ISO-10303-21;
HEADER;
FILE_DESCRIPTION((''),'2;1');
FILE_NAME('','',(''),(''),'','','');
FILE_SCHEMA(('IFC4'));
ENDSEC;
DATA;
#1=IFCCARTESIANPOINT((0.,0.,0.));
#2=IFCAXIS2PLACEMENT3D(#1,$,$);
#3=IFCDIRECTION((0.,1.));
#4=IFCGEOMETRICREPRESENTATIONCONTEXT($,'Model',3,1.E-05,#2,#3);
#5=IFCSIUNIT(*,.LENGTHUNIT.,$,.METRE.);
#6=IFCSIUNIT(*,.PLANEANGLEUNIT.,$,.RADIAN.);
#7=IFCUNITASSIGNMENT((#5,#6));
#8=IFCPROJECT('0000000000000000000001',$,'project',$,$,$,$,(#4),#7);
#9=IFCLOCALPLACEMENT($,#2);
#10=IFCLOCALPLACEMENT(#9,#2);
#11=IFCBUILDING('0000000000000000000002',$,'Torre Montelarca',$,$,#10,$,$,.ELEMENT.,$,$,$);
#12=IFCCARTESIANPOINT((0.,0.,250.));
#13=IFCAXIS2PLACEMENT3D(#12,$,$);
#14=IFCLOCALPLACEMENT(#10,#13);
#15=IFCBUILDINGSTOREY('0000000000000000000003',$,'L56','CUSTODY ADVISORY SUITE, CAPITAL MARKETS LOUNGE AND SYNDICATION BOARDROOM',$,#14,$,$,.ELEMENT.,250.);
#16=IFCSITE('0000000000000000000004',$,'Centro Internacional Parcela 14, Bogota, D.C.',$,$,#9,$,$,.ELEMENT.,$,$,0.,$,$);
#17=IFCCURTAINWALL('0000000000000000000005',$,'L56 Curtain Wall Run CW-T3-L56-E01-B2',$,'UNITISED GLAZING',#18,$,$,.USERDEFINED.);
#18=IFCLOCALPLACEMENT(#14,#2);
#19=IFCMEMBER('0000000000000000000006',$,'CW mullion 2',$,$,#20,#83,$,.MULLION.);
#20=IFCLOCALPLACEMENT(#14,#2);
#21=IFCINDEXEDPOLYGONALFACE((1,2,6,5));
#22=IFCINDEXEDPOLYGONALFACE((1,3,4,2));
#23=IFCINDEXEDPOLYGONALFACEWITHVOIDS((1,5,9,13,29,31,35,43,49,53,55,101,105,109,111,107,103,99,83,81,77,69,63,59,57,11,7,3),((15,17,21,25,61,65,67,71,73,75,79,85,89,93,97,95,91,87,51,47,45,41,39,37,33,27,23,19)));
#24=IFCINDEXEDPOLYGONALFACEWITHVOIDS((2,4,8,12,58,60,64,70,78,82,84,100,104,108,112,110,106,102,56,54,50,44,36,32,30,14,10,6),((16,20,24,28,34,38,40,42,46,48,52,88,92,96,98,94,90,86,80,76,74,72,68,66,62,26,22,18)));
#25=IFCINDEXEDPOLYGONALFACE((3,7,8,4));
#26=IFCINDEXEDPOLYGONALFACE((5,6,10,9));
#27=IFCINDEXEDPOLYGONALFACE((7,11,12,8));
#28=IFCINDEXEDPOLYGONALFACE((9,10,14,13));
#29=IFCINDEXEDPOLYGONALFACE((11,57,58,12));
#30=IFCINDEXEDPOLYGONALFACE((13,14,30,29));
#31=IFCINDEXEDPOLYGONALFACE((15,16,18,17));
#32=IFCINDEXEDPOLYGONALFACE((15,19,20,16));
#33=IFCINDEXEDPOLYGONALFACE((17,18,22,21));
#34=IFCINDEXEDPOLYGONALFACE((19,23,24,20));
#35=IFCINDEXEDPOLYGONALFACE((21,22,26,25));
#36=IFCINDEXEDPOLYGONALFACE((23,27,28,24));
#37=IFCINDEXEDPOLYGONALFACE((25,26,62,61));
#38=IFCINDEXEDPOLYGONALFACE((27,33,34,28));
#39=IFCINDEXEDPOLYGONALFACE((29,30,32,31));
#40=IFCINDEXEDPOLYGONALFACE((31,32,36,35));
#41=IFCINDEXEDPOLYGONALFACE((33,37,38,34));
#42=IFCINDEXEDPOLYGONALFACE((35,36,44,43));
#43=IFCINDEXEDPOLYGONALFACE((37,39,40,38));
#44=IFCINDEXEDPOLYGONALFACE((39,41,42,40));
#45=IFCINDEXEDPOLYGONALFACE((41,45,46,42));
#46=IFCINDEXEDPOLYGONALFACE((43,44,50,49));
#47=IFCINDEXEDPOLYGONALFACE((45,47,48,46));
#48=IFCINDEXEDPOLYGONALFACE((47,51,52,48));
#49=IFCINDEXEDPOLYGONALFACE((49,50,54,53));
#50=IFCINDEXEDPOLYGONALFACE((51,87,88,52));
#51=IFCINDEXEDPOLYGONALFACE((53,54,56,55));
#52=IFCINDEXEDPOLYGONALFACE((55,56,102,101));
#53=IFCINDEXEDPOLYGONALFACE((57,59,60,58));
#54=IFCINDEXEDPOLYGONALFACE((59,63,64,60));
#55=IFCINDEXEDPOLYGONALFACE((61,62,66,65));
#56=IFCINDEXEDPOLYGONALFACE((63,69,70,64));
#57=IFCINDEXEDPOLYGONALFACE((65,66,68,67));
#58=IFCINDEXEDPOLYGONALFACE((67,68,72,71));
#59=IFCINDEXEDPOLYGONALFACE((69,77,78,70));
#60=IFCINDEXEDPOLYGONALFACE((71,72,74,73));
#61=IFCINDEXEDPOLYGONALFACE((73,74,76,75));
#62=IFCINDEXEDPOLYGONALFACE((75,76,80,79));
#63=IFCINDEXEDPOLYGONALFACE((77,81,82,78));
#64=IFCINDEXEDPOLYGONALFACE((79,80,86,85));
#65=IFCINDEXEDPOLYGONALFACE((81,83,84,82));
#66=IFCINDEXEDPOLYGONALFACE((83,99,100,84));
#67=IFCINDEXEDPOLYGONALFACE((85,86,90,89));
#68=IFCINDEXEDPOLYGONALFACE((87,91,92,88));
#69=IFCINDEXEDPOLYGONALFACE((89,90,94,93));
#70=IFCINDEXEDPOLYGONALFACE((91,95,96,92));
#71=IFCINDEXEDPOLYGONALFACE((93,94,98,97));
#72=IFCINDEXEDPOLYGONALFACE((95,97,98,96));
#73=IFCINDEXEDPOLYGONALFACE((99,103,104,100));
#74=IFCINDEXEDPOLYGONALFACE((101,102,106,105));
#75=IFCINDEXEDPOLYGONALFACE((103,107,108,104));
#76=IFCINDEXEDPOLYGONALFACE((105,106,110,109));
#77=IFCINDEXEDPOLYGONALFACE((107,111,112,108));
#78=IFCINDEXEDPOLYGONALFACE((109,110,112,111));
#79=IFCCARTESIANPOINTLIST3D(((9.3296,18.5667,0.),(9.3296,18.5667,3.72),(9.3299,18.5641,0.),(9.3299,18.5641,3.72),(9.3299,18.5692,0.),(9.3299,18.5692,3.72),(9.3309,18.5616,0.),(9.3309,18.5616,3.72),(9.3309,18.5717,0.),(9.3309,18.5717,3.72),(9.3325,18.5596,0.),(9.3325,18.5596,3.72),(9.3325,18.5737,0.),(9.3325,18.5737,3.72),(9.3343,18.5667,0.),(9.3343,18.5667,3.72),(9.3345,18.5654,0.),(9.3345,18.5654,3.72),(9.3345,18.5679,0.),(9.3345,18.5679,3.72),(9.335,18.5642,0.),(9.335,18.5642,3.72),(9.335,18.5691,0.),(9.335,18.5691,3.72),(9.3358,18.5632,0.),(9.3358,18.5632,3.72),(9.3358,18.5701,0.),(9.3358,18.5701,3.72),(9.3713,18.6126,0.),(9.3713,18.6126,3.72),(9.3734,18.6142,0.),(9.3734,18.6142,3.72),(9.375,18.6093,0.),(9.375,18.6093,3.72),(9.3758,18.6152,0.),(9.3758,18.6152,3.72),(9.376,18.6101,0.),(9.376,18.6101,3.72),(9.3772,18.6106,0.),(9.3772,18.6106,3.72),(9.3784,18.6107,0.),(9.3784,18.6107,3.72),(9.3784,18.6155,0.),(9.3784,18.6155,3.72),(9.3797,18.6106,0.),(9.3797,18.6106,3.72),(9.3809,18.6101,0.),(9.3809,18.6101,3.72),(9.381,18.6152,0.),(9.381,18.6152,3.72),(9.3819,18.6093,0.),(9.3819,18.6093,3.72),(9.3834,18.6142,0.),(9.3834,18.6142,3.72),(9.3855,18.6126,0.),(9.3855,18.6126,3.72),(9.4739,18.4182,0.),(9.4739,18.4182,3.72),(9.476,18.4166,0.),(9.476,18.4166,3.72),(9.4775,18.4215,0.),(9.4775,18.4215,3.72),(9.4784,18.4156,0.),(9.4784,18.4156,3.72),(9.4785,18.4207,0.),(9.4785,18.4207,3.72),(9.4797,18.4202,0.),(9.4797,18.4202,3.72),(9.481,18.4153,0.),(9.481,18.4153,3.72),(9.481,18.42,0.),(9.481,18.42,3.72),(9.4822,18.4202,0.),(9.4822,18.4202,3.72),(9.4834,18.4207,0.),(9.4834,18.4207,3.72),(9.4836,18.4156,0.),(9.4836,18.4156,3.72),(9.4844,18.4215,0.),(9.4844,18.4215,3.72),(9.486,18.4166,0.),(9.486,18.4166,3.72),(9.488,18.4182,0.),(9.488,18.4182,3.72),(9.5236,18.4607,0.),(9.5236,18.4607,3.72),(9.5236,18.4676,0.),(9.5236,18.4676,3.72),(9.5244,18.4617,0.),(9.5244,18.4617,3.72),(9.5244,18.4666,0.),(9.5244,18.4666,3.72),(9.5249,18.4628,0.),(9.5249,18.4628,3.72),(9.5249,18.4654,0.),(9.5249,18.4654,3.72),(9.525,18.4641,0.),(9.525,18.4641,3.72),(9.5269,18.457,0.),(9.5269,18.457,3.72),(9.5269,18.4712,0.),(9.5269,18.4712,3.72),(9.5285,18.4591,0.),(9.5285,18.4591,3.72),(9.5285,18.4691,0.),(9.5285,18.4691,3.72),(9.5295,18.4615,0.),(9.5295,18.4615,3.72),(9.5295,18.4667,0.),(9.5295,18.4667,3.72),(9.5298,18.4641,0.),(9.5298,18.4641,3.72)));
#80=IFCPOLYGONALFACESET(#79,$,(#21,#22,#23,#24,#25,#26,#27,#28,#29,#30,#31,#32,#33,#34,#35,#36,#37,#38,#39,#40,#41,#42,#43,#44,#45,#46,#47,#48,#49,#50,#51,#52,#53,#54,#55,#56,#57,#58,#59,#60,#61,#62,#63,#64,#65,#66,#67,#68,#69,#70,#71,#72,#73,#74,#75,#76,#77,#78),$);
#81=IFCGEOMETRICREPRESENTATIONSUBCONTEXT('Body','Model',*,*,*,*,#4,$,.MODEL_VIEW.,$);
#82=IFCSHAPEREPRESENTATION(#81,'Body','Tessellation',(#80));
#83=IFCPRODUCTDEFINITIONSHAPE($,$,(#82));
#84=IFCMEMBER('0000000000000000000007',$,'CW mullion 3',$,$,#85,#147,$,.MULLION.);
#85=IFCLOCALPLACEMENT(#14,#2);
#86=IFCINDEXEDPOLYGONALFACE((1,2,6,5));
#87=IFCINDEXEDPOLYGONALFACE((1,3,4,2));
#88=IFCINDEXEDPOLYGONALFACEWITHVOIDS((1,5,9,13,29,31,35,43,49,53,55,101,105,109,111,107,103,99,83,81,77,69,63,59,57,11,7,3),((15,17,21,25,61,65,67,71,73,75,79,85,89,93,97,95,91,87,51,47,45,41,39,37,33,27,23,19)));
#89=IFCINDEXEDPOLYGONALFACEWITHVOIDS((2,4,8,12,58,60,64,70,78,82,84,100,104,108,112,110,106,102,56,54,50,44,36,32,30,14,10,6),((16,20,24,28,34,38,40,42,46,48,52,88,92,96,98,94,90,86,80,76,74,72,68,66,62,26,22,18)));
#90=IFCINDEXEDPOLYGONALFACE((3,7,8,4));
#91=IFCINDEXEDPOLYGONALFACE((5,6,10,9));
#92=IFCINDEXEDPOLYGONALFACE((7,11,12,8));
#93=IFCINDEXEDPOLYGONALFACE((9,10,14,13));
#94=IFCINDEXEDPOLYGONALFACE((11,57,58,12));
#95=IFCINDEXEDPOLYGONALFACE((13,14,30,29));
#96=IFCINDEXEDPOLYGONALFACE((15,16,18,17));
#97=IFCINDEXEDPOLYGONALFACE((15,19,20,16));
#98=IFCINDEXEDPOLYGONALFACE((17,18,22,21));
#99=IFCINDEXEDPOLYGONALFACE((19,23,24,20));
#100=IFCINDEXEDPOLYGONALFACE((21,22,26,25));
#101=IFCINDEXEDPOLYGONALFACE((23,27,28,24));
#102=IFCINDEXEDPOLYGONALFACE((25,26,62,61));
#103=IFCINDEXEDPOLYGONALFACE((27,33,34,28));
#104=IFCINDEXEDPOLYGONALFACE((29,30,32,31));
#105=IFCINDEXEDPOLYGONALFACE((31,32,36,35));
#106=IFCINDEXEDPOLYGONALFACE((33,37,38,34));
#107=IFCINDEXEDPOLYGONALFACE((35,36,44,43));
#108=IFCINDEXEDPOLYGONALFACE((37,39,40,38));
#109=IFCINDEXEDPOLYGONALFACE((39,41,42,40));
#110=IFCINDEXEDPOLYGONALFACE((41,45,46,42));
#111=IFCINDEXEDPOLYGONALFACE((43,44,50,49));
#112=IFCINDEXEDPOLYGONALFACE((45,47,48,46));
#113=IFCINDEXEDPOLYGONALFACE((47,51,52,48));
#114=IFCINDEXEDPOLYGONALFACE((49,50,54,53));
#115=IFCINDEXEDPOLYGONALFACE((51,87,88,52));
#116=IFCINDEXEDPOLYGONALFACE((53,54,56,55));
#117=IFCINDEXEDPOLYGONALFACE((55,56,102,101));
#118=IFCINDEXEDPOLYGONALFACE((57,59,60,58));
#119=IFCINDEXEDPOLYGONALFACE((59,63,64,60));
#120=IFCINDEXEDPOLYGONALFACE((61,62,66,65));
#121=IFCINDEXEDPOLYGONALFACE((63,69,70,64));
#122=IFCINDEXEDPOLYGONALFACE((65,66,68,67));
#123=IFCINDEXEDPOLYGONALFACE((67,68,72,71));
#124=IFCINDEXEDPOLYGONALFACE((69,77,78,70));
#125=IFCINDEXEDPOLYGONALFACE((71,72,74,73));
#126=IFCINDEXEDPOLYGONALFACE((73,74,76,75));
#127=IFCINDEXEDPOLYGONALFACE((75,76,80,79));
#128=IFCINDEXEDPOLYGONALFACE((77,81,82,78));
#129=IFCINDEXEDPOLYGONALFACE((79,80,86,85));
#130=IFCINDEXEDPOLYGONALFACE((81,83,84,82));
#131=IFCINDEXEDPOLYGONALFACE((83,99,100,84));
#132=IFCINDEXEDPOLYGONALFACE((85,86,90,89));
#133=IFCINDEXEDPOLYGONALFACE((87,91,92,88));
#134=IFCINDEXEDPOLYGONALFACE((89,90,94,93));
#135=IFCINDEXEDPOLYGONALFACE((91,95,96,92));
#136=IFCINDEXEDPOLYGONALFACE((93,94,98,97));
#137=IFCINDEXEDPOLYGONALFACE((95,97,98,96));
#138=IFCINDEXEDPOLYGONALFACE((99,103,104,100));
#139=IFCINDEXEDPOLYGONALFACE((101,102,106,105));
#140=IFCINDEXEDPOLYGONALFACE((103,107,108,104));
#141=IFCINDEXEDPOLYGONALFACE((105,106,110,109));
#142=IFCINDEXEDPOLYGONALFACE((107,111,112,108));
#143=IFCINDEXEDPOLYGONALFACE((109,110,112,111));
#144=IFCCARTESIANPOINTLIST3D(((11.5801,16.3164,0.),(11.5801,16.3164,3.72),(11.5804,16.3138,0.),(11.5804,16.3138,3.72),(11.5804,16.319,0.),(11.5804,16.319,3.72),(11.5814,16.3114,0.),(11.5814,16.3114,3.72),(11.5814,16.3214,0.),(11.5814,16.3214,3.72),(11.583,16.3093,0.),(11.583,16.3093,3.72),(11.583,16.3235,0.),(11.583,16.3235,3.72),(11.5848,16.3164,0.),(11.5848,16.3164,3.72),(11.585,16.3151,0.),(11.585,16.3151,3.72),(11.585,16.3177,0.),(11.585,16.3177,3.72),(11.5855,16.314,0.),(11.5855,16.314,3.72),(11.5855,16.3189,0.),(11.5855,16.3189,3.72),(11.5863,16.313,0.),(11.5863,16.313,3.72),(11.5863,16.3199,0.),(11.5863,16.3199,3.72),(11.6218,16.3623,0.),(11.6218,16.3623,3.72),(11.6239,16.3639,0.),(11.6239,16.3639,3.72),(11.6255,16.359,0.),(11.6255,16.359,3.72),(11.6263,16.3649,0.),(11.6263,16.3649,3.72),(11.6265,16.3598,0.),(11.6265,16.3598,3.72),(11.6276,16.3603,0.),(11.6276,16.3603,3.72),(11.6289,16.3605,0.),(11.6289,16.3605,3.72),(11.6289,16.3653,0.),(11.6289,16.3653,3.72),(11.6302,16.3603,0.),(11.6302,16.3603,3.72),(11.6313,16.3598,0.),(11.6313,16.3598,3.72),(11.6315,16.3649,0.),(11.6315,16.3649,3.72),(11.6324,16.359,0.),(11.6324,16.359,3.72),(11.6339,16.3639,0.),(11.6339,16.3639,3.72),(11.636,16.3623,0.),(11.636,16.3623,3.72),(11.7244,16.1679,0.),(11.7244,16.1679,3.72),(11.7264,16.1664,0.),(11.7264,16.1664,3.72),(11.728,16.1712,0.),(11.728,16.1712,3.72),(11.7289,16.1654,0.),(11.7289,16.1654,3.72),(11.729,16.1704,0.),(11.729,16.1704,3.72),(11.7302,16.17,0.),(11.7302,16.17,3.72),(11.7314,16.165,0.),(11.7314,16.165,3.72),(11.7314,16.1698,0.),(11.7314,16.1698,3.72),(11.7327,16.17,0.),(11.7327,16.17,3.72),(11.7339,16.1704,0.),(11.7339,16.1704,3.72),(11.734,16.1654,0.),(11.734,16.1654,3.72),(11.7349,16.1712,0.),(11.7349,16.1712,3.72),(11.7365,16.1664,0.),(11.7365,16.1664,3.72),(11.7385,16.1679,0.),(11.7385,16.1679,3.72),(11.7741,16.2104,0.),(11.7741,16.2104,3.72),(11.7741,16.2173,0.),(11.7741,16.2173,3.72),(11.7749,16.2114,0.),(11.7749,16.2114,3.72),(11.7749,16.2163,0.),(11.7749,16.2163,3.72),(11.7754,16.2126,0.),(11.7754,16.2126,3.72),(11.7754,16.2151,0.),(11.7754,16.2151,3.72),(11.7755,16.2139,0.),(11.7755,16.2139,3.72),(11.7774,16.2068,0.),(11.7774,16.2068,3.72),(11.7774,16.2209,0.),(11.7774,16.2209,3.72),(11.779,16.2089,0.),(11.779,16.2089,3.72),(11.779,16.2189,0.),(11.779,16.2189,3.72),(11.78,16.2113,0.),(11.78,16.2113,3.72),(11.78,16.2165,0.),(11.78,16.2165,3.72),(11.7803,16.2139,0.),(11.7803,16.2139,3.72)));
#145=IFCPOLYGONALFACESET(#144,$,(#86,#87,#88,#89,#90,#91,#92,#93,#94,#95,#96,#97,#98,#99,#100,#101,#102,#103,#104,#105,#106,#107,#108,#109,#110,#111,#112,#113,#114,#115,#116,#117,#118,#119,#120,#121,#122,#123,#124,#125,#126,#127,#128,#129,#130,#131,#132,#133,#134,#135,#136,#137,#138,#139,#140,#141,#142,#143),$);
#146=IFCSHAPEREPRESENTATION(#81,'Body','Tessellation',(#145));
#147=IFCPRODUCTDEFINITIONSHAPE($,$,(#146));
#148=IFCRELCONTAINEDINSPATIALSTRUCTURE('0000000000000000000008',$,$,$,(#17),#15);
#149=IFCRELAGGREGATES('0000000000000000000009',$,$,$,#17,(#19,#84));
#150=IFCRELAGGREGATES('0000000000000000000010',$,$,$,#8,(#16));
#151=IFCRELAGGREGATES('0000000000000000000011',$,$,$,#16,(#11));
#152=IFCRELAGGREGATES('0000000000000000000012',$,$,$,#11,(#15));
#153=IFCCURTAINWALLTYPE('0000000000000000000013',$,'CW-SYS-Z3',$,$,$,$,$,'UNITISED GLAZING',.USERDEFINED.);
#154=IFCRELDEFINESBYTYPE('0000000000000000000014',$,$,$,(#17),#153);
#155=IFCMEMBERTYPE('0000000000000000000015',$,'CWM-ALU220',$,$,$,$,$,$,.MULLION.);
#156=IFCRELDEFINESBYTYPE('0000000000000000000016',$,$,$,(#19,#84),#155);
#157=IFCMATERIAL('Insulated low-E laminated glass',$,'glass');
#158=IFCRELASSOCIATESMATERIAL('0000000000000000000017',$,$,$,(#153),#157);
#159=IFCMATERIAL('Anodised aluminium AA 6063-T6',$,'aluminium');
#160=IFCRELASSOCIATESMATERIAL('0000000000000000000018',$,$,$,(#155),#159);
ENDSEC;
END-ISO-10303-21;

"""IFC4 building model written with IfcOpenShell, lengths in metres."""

from ifc_helpers import new_model, si_unit, direction, frame, origin, origin_2d, place, context, subcontext, project, spatial, hollow_rectangle, extrude, source, transform, mapped, material, material_profile, profile_set, type_object, element, aggregate, save


model = new_model("IFC4")

# Units and contexts
model_context = context("Model", 3, precision=1e-05, world=origin(), true_north=direction((0.0, 1.0)))
body_context = subcontext(model_context, "Body", "Model", "MODEL_VIEW")
ifc_project = project(units=[si_unit("LENGTHUNIT", "METRE"), si_unit("PLANEANGLEUNIT", "RADIAN")], contexts=[model_context])

# Site, building, storey
site_placement = place(None, origin())
site = spatial("IfcSite", under=ifc_project, at=site_placement, Name="Centro Internacional Parcela 14, Bogota, D.C.", CompositionType="ELEMENT", RefElevation=0.0)
building_placement = place(site_placement, origin())
building = spatial("IfcBuilding", under=site, at=building_placement, Name="Torre Montelarca", CompositionType="ELEMENT")
storey_placement = place(building_placement, frame((0.0, 0.0, 250.0)))
storey = spatial("IfcBuildingStorey", under=building, at=storey_placement, Name="L56", Description="CUSTODY ADVISORY SUITE, CAPITAL MARKETS LOUNGE AND SYNDICATION BOARDROOM", CompositionType="ELEMENT", Elevation=250.0)

# Curtain wall, members
ifc_material_1 = material(Name="Insulated low-E laminated glass", Category="glass")
curtain_wall_type = type_object("IfcCurtainWallType", Name="CW-SYS-Z3", ElementType="UNITISED GLAZING", PredefinedType="USERDEFINED", material=ifc_material_1)
ifc_material_2 = material(Name="Anodised aluminium AA 6063-T6", Category="aluminium")
curtain_wall_1_placement = place(storey_placement, origin())
curtain_wall_1 = element("IfcCurtainWall", 1, at=curtain_wall_1_placement, inside=storey, type_object=curtain_wall_type, Name="L56 Curtain Wall Run CW-T3-L56-E01-B2", ObjectType="UNITISED GLAZING", PredefinedType="USERDEFINED")
ifc_material_profile_1 = material_profile(ifc_material_2, hollow_rectangle(XDim=0.075, YDim=0.22, WallThickness=0.0049, InnerFilletRadius=0.0049, OuterFilletRadius=0.01, at=origin_2d()), Name="ALU75X220X5", Category="aluminium")
ifc_profile_set_1 = profile_set([ifc_material_profile_1], Name="Anodised aluminium AA 6063-T6")
member_type_1 = type_object("IfcMemberType", Name="CWM-ALU220", PredefinedType="MULLION", material=ifc_profile_set_1)
shared_shape_1 = source(origin(), body_context, "Body", "SweptSolid", [
    extrude(hollow_rectangle(XDim=0.075, YDim=0.22, WallThickness=0.0049, InnerFilletRadius=0.0049, OuterFilletRadius=0.01, at=origin_2d()), origin(), (0.0, 0.0, 1.0), 3.72),
])
member_1_placement = place(storey_placement, frame((9.4297, 18.5154, 0.0), z_axis=(0.0, 0.0, 1.0), x_axis=(0.707107, 0.707107, 0.0)))
member_1 = element("IfcMember", 2, at=member_1_placement, type_object=member_type_1, Name="CW mullion 2", PredefinedType="MULLION", context=body_context, shape_type="MappedRepresentation", body=[
    mapped(shared_shape_1, transform((0.0, 0.0, 0.0), scale=1.0)),
])
member_2_placement = place(storey_placement, frame((11.6802, 16.2651, 0.0), z_axis=(0.0, 0.0, 1.0), x_axis=(0.707107, 0.707107, 0.0)))
member_2 = element("IfcMember", 3, at=member_2_placement, type_object=member_type_1, Name="CW mullion 3", PredefinedType="MULLION", context=body_context, shape_type="MappedRepresentation", body=[
    mapped(shared_shape_1, transform((0.0, 0.0, 0.0), scale=1.0)),
])

aggregate(curtain_wall_1, [member_1, member_2])

save(model, "model.ifc")
